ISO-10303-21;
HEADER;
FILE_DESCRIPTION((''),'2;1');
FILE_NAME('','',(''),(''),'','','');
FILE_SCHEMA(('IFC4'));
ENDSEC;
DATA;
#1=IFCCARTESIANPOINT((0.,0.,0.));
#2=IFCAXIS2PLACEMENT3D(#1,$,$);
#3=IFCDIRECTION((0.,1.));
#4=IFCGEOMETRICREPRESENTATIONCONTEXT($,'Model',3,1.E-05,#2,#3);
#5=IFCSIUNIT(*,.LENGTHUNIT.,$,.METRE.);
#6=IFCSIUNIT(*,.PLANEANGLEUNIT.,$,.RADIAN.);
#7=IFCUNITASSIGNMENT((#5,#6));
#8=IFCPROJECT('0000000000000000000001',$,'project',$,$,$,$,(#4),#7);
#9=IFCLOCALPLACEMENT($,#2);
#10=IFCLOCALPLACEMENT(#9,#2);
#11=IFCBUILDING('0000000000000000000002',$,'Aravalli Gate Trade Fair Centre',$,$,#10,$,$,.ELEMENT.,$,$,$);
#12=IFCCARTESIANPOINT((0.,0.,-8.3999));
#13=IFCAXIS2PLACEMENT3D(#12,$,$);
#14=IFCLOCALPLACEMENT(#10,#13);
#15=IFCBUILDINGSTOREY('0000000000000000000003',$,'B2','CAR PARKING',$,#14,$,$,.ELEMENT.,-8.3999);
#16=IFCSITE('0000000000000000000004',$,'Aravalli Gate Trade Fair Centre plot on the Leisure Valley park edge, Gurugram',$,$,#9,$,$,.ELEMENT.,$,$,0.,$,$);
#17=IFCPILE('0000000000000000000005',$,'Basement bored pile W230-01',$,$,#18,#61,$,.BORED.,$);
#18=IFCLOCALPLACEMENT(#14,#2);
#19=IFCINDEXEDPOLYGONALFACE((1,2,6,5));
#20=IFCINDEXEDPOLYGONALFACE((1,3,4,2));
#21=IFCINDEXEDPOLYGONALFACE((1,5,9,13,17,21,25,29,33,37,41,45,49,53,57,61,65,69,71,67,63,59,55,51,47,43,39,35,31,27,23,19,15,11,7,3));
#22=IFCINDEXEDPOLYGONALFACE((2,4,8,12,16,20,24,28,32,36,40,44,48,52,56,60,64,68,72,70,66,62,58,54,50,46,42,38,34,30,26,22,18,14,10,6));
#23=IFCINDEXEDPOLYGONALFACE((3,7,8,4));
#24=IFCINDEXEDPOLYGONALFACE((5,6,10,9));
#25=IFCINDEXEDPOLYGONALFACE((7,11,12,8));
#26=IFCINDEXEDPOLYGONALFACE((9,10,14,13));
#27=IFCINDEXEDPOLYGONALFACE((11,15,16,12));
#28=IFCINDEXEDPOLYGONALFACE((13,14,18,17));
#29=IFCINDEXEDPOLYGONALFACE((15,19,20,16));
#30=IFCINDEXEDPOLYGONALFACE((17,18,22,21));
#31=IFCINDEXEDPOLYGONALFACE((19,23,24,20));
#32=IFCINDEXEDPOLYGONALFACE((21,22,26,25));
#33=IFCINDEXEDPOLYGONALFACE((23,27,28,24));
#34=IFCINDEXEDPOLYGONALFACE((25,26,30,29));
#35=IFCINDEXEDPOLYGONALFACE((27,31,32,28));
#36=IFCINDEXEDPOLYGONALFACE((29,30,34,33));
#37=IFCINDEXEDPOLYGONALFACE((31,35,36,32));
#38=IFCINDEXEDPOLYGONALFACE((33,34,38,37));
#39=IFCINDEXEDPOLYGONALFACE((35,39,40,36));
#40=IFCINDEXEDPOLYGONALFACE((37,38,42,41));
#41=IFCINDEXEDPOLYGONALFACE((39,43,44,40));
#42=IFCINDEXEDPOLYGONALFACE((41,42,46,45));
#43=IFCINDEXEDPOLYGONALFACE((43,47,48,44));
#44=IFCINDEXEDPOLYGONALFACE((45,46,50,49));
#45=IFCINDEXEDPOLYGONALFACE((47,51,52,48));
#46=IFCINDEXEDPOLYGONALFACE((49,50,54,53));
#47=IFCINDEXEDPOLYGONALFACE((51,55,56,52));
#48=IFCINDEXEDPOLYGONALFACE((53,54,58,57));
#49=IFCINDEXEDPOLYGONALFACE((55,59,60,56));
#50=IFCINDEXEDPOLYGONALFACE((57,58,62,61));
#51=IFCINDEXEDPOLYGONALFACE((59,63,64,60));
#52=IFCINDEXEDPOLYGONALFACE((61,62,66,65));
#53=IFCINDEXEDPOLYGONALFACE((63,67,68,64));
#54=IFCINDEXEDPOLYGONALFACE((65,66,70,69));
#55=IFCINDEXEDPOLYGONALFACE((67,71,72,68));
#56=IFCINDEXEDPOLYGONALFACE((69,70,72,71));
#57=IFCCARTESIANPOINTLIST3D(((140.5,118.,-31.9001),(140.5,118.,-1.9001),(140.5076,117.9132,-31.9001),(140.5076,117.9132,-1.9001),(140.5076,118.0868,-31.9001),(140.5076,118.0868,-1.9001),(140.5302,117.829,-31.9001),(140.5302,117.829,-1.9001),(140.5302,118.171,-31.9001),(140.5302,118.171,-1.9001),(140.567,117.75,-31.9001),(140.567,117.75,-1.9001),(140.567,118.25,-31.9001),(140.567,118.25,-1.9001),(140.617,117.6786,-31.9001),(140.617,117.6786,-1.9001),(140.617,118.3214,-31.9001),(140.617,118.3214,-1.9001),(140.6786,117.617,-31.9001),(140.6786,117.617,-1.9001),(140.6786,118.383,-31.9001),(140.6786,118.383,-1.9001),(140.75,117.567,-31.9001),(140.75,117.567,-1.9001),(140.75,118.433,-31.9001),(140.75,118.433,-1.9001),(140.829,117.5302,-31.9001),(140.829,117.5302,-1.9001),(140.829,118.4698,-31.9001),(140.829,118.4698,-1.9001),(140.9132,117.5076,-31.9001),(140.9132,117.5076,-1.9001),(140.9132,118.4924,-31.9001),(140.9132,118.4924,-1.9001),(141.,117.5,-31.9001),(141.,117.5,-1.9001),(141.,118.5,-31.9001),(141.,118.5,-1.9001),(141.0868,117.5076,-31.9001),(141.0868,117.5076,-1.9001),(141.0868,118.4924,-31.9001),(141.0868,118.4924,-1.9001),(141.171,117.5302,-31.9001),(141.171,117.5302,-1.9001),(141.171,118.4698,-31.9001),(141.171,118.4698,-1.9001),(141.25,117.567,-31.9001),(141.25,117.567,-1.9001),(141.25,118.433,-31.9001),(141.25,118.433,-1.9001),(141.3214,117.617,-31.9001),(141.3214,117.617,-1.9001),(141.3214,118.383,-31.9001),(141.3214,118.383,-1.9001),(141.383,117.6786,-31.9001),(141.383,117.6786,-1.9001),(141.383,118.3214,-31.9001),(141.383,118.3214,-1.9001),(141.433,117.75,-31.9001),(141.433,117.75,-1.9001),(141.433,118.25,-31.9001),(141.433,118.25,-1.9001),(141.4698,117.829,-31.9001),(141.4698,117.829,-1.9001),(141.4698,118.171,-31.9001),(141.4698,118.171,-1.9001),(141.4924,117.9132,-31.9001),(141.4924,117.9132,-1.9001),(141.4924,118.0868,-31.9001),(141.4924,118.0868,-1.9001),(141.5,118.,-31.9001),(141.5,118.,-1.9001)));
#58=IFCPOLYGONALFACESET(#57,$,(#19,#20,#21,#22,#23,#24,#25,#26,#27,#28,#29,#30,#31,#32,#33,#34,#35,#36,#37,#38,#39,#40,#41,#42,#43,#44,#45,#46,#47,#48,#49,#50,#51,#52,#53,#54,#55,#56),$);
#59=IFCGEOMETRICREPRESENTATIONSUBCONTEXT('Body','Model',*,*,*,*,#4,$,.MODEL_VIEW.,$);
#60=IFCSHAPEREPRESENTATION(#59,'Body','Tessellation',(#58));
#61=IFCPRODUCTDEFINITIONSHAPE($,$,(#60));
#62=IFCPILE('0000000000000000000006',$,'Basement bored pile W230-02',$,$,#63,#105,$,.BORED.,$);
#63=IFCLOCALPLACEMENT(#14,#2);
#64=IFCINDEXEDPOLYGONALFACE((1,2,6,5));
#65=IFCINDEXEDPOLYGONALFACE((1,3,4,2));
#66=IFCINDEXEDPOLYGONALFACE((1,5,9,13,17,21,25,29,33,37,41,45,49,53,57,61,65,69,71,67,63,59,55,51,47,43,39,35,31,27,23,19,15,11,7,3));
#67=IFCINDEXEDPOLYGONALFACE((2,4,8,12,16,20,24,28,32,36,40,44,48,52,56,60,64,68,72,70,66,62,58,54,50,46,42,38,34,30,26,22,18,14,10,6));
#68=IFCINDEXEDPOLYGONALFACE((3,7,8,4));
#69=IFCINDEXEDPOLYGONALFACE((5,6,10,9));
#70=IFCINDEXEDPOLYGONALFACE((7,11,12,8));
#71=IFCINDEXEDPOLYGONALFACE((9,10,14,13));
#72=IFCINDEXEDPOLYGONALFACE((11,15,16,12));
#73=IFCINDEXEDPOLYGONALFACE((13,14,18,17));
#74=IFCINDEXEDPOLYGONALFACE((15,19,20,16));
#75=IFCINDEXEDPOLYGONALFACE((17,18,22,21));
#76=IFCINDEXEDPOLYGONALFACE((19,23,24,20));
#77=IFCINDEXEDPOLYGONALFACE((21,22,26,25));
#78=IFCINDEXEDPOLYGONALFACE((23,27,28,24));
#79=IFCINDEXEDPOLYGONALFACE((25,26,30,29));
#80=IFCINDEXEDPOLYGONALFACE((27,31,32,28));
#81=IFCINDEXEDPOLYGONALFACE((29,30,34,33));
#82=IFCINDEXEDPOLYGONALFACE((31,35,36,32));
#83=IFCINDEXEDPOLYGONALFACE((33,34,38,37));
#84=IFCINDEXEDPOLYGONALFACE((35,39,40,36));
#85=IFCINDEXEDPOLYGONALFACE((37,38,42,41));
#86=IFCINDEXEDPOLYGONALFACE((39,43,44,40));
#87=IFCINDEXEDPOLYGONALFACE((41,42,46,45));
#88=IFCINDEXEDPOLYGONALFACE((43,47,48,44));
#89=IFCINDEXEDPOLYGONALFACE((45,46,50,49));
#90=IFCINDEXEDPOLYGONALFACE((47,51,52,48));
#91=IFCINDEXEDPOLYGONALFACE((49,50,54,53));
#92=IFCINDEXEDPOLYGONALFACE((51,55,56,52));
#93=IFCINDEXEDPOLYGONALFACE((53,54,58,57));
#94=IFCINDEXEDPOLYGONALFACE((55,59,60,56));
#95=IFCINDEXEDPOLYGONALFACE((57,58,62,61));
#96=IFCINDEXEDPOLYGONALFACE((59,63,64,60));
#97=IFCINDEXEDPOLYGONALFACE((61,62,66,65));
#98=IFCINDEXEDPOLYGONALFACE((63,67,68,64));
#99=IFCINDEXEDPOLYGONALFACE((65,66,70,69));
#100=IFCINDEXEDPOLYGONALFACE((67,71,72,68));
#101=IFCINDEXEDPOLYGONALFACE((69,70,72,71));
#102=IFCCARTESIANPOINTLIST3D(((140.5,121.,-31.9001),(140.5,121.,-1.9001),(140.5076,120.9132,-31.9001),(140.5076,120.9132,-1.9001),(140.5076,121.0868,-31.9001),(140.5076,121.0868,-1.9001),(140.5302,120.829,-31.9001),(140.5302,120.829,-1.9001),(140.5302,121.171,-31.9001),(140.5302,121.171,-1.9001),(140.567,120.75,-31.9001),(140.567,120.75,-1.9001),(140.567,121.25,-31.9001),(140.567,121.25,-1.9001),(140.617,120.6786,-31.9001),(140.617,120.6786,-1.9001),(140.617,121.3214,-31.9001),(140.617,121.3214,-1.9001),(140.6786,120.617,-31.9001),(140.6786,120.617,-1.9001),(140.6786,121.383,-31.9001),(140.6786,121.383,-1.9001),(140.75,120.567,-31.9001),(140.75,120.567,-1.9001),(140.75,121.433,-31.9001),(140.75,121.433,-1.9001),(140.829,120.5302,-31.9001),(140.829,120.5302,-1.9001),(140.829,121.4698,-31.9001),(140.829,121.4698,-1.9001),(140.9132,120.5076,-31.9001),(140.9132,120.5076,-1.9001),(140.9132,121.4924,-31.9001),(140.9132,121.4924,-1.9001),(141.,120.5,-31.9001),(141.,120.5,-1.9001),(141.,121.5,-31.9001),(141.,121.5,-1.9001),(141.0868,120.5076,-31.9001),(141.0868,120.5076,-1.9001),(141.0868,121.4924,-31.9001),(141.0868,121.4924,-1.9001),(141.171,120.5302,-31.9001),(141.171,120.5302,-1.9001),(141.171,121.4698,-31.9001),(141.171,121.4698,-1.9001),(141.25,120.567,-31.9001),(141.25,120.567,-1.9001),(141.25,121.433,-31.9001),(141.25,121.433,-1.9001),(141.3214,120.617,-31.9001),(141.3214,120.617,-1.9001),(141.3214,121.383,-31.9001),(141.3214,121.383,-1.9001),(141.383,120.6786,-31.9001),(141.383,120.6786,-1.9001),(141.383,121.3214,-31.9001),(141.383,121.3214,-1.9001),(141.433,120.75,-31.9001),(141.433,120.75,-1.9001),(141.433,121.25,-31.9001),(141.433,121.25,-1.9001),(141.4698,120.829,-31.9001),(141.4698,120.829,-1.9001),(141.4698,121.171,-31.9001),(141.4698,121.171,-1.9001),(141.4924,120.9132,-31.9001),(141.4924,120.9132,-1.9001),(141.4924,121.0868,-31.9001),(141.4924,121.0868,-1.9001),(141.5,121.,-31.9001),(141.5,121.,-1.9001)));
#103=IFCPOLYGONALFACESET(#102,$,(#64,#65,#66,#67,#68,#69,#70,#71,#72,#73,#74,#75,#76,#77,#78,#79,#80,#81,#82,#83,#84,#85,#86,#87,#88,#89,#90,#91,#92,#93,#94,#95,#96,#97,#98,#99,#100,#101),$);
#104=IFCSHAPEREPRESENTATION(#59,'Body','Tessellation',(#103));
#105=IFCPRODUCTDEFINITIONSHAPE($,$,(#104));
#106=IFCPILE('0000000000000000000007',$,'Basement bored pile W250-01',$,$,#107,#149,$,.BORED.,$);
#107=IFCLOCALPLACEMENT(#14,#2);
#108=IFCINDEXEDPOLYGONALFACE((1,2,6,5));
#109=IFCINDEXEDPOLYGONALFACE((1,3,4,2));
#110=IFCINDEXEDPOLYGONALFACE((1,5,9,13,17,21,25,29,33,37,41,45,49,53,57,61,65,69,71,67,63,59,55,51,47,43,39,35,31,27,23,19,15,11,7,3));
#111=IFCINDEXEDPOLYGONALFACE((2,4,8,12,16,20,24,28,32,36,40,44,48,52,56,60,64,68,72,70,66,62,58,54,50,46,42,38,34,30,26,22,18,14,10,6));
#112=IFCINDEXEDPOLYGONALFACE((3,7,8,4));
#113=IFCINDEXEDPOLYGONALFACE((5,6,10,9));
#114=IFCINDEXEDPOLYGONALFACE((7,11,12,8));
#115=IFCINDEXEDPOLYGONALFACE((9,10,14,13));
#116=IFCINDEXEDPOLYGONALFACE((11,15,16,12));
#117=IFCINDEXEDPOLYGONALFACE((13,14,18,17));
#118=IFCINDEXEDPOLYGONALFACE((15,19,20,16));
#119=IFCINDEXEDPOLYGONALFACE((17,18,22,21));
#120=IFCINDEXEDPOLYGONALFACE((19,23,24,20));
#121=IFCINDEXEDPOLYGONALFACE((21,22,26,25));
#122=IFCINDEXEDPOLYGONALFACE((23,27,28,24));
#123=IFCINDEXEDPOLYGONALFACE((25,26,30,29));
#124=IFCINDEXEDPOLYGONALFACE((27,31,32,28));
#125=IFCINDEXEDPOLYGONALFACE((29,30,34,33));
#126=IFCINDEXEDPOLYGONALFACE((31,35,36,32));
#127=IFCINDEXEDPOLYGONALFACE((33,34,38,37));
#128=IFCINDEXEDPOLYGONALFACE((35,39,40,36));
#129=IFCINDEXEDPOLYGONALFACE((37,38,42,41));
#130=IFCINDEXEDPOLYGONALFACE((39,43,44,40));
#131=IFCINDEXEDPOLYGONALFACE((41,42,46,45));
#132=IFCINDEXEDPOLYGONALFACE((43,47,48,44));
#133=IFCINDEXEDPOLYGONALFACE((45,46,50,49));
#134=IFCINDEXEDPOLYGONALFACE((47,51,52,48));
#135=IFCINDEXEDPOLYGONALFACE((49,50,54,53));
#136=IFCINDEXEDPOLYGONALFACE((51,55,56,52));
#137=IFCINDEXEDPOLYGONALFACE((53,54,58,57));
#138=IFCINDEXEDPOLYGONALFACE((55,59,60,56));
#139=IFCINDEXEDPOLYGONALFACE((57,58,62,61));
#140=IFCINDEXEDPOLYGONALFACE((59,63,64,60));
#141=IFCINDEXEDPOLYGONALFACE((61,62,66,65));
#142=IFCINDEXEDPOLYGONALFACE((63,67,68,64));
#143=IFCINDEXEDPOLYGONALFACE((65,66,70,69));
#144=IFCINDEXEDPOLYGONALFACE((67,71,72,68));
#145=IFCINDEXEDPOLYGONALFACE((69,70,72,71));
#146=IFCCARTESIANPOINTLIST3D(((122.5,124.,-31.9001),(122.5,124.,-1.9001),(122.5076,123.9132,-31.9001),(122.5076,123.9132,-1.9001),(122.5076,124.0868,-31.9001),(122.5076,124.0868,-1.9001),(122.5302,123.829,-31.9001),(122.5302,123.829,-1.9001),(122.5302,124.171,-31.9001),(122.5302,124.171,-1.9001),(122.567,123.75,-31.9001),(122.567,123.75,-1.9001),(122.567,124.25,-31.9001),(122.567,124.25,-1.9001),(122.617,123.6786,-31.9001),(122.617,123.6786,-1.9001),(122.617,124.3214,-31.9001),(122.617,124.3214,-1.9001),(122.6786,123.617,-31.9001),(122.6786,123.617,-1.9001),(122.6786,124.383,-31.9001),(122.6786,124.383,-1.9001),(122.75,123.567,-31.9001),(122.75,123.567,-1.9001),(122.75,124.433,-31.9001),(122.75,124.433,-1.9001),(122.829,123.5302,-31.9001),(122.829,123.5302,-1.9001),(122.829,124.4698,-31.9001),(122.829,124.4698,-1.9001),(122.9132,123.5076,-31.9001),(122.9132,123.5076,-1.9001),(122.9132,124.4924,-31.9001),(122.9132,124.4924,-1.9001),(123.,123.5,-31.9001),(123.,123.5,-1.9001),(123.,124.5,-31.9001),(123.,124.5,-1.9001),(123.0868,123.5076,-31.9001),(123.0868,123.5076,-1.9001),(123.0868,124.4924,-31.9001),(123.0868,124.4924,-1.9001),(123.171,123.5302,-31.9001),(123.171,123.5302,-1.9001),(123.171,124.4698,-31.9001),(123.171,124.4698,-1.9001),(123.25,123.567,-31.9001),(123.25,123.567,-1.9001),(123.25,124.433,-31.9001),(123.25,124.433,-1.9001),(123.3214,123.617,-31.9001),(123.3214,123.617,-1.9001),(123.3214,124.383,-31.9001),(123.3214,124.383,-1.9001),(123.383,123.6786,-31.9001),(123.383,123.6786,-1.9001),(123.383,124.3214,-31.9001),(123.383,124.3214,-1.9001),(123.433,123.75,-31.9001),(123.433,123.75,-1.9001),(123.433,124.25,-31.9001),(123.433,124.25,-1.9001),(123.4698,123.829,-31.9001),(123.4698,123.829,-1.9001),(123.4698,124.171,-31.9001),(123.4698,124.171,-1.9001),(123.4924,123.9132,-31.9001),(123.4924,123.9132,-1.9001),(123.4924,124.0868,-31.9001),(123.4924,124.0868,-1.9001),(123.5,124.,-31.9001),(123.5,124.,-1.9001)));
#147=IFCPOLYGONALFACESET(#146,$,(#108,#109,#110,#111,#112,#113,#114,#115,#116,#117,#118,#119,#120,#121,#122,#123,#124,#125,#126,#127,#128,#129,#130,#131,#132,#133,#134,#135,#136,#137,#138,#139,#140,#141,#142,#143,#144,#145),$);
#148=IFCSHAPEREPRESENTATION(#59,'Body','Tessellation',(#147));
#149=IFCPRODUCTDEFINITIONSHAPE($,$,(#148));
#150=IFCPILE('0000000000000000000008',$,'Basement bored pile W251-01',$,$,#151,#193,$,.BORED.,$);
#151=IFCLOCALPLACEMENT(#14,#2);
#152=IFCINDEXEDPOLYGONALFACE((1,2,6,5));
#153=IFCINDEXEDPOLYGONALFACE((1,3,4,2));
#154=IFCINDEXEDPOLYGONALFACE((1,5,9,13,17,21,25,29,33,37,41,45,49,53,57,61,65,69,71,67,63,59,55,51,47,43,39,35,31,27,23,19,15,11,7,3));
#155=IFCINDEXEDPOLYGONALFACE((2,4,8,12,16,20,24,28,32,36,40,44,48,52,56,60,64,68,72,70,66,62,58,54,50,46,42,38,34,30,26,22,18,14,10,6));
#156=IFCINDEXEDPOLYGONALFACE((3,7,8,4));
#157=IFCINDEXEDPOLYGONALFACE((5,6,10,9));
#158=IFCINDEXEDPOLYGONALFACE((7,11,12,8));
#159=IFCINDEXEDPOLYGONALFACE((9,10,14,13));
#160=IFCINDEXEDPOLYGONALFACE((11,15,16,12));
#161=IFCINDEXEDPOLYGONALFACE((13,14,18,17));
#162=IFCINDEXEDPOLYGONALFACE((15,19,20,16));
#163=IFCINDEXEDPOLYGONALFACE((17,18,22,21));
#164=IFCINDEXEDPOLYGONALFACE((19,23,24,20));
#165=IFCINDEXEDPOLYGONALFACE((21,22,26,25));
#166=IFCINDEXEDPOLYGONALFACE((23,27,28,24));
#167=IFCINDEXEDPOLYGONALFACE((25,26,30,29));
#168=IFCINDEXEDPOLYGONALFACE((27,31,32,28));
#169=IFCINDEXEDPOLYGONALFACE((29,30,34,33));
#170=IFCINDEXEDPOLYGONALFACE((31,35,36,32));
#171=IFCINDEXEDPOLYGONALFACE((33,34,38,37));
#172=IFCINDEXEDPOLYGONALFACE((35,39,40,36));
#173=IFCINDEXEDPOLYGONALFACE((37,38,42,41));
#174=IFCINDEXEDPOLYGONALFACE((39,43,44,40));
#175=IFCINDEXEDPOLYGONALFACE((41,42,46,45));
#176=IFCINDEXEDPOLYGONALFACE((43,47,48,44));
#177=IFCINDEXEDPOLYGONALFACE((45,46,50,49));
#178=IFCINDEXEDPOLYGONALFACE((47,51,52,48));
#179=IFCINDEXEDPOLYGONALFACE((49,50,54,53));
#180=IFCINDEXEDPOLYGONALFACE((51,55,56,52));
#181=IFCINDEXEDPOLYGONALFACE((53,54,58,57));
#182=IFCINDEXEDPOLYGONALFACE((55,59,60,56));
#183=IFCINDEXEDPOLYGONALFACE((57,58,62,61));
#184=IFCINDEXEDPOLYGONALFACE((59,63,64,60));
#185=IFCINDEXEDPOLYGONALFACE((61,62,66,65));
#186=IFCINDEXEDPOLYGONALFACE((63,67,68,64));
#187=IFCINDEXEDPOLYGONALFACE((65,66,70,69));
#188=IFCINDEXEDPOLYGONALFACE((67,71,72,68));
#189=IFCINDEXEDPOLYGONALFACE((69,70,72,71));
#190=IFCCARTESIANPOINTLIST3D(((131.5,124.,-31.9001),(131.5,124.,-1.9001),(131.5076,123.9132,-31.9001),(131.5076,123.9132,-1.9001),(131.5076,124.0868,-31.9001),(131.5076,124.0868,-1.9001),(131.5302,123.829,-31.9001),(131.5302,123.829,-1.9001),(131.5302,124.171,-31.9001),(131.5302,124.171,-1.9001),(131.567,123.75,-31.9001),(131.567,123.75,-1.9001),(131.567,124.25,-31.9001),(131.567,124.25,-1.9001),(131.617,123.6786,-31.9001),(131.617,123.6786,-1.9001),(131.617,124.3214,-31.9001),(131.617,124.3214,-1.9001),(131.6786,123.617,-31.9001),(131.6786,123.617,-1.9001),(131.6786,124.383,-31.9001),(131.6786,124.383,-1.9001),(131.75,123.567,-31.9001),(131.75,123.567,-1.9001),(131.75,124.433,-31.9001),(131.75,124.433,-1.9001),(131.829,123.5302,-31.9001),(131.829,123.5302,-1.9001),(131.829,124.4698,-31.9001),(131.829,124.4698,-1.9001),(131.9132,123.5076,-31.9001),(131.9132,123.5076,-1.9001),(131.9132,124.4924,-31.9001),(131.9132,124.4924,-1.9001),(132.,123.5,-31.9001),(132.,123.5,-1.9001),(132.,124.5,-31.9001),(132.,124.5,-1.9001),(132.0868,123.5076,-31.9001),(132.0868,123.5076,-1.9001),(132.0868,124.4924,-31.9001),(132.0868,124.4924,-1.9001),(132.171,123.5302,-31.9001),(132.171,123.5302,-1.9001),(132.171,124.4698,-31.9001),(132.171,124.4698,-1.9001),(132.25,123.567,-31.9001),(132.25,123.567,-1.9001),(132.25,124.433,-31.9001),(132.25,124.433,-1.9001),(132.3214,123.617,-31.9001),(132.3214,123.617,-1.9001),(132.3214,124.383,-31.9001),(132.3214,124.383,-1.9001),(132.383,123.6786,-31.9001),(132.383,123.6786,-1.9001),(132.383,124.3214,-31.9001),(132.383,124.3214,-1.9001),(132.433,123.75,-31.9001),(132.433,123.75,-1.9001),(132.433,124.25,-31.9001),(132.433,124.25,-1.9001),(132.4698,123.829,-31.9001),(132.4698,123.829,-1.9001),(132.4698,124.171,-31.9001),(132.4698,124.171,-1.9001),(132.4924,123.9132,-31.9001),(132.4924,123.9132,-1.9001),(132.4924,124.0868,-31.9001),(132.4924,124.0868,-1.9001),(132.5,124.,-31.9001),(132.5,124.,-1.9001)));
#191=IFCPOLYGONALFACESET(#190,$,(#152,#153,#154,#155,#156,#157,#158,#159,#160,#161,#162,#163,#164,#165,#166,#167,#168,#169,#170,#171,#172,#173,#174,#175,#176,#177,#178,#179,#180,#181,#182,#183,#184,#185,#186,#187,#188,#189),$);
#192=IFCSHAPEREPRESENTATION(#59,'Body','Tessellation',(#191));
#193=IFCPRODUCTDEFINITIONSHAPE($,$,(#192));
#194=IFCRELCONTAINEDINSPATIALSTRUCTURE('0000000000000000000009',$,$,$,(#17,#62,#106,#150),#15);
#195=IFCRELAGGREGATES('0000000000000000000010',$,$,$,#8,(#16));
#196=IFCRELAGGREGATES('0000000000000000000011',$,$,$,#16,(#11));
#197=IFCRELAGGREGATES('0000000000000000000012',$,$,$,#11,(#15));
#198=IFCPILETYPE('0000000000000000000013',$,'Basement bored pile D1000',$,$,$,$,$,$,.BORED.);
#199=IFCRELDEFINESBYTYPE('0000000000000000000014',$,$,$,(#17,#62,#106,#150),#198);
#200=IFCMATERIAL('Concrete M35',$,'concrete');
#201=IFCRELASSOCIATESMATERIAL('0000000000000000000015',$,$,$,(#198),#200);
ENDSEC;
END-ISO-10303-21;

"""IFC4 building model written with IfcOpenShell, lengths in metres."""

from ifc_helpers import new_model, si_unit, direction, frame, origin, origin_2d, place, context, subcontext, project, spatial, circle, extrude, material, material_profile, profile_set, type_object, element, save


model = new_model("IFC4")

# Units and contexts
model_context = context("Model", 3, precision=1e-05, world=origin(), true_north=direction((0.0, 1.0)))
body_context = subcontext(model_context, "Body", "Model", "MODEL_VIEW")
ifc_project = project(units=[si_unit("LENGTHUNIT", "METRE"), si_unit("PLANEANGLEUNIT", "RADIAN")], contexts=[model_context])

# Site, building, storey
site_placement = place(None, origin())
site = spatial("IfcSite", under=ifc_project, at=site_placement, Name="Aravalli Gate Trade Fair Centre plot on the Leisure Valley park edge, Gurugram", CompositionType="ELEMENT", RefElevation=0.0)
building_placement = place(site_placement, origin())
building = spatial("IfcBuilding", under=site, at=building_placement, Name="Aravalli Gate Trade Fair Centre", CompositionType="ELEMENT")
storey_placement = place(building_placement, frame((0.0, 0.0, -8.3999)))
storey = spatial("IfcBuildingStorey", under=building, at=storey_placement, Name="B2", Description="CAR PARKING", CompositionType="ELEMENT", Elevation=-8.3999)

# Piles
ifc_material_1 = material(Name="Concrete M35", Category="concrete")
ifc_material_profile_1 = material_profile(ifc_material_1, circle(Radius=0.5, at=origin_2d()), Name="D1000")
ifc_profile_set_1 = profile_set([ifc_material_profile_1], Name="Concrete M35")
pile_type = type_object("IfcPileType", Name="Basement bored pile D1000", PredefinedType="BORED", material=ifc_profile_set_1)
for number, where, z_axis, x_axis, name in (
    (1, (141.0, 118.0, -1.9001), (0.0, 0.0, -1.0), (1.0, 0.0, 0.0), "Basement bored pile W230-01"),
    (2, (141.0, 121.0, -1.9001), (0.0, 0.0, -1.0), (1.0, 0.0, 0.0), "Basement bored pile W230-02"),
    (3, (123.0, 124.0, -1.9001), (0.0, 0.0, -1.0), (1.0, 0.0, 0.0), "Basement bored pile W250-01"),
    (4, (132.0, 124.0, -1.9001), (0.0, 0.0, -1.0), (1.0, 0.0, 0.0), "Basement bored pile W251-01"),
):
    element("IfcPile", number, at=place(storey_placement, frame(where, z_axis=z_axis, x_axis=x_axis)), inside=storey, type_object=pile_type, Name=name, PredefinedType="BORED", context=body_context, shape_type="SweptSolid", body=[
        extrude(circle(Radius=0.5, at=origin_2d()), origin(), (0.0, 0.0, 1.0), 30.0),
    ])

save(model, "model.ifc")
